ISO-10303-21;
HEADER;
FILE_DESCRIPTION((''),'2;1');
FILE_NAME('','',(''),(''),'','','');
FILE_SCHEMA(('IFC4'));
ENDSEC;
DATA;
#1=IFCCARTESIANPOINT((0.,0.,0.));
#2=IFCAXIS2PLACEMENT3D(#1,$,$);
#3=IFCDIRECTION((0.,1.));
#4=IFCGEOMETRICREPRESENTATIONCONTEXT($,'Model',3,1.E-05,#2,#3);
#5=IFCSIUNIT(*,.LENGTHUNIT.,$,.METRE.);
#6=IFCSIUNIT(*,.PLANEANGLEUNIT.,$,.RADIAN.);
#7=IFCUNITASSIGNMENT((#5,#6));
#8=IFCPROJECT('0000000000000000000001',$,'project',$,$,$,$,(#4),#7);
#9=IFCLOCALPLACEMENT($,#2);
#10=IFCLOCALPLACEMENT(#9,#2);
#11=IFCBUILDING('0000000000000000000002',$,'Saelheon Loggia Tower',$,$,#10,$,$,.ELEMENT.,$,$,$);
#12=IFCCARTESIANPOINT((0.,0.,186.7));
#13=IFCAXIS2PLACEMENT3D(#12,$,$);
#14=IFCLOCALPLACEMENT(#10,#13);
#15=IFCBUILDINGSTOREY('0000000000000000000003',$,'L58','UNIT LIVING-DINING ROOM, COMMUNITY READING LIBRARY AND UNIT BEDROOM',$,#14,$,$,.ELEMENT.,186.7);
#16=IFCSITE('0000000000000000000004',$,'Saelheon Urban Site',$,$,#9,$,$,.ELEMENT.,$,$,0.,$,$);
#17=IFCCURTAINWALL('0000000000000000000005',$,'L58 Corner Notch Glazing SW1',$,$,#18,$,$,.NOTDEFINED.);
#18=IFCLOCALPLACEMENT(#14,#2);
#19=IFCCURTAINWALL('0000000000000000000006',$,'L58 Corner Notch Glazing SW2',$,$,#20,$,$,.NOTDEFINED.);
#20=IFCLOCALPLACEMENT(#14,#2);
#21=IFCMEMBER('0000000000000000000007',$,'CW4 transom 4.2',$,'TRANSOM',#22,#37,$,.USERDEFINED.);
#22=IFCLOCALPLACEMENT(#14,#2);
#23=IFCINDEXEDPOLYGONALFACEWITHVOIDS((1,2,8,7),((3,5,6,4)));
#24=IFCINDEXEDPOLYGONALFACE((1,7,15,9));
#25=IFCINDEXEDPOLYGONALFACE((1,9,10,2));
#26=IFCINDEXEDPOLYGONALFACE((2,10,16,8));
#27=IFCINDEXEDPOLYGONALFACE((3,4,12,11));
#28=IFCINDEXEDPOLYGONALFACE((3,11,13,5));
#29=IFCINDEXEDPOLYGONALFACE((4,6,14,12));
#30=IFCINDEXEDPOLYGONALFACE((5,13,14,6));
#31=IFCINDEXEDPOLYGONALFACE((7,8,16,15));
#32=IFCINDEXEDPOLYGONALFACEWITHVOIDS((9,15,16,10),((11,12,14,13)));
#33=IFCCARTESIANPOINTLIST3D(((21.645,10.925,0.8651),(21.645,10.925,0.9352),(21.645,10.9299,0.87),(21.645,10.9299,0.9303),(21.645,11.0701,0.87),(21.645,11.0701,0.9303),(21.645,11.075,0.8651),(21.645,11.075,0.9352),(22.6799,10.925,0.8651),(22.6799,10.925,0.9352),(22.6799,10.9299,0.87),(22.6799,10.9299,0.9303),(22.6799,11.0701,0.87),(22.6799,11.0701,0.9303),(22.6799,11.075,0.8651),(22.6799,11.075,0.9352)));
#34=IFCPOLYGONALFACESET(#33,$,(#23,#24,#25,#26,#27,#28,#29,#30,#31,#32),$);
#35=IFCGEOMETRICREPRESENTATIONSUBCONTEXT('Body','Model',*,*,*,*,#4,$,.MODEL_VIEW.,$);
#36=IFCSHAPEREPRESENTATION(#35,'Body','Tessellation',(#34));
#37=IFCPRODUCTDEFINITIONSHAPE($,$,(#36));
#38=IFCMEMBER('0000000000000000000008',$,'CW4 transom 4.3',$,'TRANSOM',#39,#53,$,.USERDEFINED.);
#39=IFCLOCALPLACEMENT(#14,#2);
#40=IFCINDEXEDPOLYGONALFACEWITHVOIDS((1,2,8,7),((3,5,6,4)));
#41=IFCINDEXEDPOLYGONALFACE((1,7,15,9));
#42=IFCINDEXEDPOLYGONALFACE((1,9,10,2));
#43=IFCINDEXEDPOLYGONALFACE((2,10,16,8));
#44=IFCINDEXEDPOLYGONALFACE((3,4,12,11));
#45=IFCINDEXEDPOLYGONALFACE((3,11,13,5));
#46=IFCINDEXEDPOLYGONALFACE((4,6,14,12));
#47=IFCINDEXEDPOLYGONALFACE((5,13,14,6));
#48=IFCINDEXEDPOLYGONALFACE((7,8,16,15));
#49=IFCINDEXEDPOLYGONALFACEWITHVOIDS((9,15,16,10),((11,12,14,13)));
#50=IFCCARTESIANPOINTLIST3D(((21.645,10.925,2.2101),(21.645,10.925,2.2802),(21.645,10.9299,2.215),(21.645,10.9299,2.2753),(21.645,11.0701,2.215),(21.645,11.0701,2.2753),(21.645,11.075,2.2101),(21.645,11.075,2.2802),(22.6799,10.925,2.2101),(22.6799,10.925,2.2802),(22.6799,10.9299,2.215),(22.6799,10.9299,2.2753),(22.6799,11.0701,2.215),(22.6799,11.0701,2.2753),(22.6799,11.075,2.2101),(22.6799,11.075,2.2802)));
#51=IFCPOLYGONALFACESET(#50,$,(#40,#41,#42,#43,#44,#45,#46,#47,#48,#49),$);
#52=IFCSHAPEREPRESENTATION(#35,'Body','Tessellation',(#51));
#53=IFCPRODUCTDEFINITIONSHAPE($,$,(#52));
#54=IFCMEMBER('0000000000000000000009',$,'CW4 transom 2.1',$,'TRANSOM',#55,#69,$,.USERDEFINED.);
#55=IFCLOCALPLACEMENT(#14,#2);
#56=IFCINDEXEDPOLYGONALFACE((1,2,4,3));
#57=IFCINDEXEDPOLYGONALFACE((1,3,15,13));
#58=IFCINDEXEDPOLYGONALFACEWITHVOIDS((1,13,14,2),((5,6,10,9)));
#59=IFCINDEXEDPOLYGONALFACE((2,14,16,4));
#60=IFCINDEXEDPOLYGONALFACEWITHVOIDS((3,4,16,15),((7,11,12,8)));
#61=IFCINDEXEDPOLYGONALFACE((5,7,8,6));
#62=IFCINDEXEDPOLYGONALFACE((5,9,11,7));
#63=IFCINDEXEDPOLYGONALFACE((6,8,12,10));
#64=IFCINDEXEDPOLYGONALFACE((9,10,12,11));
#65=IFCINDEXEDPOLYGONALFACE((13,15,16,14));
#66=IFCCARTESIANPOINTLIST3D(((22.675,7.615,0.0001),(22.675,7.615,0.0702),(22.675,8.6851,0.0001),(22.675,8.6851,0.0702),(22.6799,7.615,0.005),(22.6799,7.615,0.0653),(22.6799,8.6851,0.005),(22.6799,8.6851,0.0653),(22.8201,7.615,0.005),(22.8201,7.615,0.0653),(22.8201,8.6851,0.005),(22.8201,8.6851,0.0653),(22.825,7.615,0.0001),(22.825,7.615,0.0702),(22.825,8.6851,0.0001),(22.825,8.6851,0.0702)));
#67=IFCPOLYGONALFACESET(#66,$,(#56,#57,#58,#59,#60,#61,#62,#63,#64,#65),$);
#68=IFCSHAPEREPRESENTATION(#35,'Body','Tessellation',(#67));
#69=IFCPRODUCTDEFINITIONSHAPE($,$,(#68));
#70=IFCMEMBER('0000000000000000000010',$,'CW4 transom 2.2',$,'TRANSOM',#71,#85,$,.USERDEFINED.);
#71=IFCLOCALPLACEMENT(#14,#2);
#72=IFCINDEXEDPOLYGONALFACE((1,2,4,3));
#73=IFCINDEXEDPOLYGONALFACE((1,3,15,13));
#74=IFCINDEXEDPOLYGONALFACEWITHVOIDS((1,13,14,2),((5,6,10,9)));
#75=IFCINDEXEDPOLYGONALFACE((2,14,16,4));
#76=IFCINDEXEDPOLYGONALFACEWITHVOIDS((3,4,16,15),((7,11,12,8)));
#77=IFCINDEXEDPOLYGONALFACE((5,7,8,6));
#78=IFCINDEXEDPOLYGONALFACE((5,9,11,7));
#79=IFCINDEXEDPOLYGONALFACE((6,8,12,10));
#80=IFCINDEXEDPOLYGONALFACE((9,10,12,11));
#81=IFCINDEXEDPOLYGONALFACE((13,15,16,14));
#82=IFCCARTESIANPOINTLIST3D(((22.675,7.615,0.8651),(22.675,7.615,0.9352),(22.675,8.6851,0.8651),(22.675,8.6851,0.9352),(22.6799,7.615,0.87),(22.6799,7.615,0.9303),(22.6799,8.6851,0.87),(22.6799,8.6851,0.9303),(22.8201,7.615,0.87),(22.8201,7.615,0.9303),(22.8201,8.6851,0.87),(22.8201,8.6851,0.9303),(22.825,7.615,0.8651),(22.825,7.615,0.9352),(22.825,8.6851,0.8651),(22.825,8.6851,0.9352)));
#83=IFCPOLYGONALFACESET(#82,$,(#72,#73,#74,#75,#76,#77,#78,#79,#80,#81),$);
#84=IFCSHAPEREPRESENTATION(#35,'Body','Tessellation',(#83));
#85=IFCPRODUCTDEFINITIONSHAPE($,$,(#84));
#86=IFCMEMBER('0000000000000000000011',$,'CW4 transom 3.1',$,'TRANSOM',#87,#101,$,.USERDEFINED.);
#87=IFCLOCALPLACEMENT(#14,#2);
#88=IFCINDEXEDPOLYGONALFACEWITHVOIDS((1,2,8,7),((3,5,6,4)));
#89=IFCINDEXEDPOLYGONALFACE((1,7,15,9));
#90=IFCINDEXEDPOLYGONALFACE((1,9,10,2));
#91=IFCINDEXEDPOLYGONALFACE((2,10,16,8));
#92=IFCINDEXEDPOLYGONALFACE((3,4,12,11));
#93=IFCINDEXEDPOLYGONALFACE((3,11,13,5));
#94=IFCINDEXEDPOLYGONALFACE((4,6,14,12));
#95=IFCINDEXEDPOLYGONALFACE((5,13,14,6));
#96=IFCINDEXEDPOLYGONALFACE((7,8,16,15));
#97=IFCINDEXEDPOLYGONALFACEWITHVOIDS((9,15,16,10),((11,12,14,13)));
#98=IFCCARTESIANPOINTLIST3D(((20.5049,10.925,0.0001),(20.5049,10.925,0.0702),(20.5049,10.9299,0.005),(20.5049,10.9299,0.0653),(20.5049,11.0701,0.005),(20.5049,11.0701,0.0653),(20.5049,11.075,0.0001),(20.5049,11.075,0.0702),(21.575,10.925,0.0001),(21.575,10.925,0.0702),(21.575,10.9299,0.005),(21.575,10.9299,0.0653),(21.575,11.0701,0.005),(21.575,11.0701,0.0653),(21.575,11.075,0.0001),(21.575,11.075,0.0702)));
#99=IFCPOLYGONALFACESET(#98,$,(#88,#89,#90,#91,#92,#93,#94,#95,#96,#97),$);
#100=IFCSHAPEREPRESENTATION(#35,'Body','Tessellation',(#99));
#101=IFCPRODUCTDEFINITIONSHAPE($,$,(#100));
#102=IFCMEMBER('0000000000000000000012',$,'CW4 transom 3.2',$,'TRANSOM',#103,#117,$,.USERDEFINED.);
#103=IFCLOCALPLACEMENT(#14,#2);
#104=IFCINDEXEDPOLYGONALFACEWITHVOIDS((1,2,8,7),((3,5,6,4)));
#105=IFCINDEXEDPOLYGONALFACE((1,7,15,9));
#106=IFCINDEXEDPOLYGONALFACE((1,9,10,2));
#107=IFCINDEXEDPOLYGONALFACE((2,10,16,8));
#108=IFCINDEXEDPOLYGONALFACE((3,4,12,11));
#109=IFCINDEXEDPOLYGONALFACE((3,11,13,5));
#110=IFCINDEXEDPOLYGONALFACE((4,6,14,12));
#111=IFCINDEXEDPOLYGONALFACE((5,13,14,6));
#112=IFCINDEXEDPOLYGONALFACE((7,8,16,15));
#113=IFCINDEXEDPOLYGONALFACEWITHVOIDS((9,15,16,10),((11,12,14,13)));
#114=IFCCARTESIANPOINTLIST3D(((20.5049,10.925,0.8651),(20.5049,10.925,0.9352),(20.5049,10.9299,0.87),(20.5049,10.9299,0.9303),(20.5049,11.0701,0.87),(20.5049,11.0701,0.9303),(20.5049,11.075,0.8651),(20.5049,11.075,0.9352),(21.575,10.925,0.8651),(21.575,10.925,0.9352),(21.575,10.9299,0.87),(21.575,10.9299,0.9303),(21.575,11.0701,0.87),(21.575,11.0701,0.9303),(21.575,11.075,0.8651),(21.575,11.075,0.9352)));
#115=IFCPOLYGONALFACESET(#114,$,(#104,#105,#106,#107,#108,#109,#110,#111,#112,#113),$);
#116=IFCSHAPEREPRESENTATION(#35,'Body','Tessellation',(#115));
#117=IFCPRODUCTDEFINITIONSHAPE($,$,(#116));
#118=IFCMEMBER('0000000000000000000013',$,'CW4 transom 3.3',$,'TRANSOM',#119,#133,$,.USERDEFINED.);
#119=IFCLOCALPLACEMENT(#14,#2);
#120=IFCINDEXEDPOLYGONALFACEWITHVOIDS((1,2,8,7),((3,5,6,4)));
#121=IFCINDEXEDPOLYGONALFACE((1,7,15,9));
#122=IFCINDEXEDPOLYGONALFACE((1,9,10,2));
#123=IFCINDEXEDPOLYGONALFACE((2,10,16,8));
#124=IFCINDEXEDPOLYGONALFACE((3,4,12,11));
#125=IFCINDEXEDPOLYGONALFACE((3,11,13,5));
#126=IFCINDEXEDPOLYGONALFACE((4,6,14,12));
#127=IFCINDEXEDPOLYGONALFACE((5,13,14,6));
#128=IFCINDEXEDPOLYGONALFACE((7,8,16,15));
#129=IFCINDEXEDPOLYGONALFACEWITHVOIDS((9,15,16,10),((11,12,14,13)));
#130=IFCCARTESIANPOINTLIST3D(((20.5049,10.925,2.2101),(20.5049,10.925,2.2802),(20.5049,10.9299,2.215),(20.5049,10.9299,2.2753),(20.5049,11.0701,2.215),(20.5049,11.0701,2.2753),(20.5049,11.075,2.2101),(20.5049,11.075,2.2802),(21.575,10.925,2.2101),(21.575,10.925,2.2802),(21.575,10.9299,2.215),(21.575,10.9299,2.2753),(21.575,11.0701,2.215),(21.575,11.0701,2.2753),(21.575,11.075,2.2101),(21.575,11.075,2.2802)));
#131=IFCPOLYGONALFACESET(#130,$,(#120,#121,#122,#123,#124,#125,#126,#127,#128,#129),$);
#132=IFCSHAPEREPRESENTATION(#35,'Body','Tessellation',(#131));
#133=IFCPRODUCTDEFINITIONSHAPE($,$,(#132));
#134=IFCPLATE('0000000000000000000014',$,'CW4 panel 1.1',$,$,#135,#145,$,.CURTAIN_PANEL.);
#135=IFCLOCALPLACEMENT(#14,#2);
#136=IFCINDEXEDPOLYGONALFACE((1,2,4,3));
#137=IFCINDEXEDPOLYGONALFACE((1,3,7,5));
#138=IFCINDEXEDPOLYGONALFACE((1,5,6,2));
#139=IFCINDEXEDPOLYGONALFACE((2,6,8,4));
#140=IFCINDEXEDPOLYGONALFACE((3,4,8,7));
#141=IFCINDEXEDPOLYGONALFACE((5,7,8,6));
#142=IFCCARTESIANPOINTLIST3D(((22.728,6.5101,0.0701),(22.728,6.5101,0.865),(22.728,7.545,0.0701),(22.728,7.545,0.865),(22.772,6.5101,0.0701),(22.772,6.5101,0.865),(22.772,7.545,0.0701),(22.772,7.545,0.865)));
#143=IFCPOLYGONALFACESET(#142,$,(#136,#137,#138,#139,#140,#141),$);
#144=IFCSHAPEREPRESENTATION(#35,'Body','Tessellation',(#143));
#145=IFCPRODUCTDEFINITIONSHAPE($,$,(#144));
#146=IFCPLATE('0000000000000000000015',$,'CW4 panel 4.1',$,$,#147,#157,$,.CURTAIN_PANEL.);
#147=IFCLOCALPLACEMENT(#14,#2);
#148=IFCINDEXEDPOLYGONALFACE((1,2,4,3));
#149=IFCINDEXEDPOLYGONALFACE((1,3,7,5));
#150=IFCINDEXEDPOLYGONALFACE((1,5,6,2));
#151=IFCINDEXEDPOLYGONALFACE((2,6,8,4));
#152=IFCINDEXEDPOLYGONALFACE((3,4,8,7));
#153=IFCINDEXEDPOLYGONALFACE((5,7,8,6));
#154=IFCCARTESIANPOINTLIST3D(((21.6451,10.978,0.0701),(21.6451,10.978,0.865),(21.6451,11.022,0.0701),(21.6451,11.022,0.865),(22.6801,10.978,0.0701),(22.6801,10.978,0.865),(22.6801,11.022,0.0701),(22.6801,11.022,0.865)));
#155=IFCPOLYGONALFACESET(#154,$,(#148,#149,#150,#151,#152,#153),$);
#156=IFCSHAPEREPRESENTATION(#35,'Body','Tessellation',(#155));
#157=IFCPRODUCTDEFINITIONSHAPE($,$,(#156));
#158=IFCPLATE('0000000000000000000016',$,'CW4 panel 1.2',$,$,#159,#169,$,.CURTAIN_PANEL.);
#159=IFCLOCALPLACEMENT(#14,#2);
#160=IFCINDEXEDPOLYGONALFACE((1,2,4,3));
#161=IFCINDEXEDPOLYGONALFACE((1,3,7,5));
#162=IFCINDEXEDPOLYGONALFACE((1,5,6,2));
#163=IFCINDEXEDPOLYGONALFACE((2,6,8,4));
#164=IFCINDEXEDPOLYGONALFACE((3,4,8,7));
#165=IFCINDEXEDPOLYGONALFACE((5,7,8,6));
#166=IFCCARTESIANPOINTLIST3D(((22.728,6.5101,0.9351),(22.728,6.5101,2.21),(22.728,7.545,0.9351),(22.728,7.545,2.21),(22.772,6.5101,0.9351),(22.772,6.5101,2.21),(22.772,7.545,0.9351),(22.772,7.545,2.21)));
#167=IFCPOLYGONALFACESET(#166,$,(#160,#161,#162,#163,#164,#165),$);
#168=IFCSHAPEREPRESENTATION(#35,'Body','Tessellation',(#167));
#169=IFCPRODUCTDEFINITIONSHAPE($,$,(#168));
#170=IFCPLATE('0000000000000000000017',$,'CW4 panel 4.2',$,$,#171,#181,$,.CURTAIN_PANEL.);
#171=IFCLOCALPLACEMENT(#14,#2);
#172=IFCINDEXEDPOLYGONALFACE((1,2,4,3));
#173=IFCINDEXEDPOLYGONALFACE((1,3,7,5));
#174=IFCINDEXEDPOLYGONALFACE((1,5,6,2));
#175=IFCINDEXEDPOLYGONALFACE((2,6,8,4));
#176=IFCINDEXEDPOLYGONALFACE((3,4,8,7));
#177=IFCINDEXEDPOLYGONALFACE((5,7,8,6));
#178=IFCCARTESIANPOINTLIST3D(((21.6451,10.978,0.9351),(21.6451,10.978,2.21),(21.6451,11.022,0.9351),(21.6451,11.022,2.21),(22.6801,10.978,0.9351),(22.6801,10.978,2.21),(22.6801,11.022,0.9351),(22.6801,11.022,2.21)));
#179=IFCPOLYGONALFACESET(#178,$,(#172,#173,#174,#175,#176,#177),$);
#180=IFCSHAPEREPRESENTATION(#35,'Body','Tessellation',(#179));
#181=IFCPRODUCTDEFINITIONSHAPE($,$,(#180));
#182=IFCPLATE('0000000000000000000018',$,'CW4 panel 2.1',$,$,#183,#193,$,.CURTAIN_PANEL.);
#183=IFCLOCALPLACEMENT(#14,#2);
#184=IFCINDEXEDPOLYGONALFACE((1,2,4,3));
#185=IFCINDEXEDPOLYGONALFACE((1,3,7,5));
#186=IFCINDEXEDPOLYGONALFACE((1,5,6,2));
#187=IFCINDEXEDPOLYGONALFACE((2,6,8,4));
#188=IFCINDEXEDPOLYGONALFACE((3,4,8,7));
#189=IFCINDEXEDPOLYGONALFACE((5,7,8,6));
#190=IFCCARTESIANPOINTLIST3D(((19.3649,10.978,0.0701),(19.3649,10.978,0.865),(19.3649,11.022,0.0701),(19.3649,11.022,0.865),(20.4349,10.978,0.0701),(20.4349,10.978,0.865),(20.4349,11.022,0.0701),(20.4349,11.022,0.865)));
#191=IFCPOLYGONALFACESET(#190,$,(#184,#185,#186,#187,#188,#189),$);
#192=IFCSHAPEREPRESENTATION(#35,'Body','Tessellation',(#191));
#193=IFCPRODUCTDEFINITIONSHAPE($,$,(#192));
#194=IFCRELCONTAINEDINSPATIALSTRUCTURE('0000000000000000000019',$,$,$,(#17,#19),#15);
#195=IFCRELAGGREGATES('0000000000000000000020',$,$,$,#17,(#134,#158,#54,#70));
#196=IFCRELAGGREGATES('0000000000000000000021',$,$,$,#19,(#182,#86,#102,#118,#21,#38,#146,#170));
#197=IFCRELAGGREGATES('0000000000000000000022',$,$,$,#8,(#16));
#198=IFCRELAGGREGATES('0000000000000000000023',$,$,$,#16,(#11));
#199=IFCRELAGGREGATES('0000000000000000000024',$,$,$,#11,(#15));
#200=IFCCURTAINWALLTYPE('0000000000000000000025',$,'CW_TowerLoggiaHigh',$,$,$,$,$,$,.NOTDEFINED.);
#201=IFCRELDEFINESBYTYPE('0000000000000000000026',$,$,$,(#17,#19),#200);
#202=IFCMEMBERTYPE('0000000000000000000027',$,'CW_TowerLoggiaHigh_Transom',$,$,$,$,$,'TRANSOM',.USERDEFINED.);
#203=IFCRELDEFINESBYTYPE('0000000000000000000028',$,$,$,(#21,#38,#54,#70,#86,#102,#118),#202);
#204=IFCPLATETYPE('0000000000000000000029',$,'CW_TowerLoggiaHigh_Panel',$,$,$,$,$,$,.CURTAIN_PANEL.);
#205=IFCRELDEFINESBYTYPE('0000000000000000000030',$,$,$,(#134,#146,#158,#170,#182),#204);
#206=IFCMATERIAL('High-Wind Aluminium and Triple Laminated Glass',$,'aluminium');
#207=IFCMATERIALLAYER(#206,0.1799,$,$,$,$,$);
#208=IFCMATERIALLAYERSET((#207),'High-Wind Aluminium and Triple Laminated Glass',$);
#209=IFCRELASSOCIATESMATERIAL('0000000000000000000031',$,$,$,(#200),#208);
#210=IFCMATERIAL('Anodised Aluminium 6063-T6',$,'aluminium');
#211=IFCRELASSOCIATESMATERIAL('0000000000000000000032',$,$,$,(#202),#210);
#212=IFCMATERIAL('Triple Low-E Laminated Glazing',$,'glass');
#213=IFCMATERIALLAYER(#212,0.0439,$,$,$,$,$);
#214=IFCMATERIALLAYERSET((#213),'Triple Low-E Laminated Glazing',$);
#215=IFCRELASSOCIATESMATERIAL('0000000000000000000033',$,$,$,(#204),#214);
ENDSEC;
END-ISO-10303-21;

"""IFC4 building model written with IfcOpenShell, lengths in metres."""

from ifc_helpers import new_model, si_unit, direction, frame, origin, origin_2d, place, context, subcontext, project, spatial, rectangle, hollow_rectangle, extrude, source, transform, mapped, material, layer, layer_set, material_profile, profile_set, type_object, element, aggregate, save


model = new_model("IFC4")

# Units and contexts
model_context = context("Model", 3, precision=1e-05, world=origin(), true_north=direction((0.0, 1.0)))
body_context = subcontext(model_context, "Body", "Model", "MODEL_VIEW")
ifc_project = project(units=[si_unit("LENGTHUNIT", "METRE"), si_unit("PLANEANGLEUNIT", "RADIAN")], contexts=[model_context])

# Site, building, storey
site_placement = place(None, origin())
site = spatial("IfcSite", under=ifc_project, at=site_placement, Name="Saelheon Urban Site", CompositionType="ELEMENT", RefElevation=0.0)
building_placement = place(site_placement, origin())
building = spatial("IfcBuilding", under=site, at=building_placement, Name="Saelheon Loggia Tower", CompositionType="ELEMENT")
storey_placement = place(building_placement, frame((0.0, 0.0, 186.7)))
storey = spatial("IfcBuildingStorey", under=building, at=storey_placement, Name="L58", Description="UNIT LIVING-DINING ROOM, COMMUNITY READING LIBRARY AND UNIT BEDROOM", CompositionType="ELEMENT", Elevation=186.7)

# Curtain walls
ifc_material_1 = material(Name="High-Wind Aluminium and Triple Laminated Glass", Category="aluminium")
ifc_layer_1 = layer(ifc_material_1, 0.1799)
ifc_layer_set_1 = layer_set([ifc_layer_1], Name="High-Wind Aluminium and Triple Laminated Glass")
curtain_wall_type = type_object("IfcCurtainWallType", Name="CW_TowerLoggiaHigh", PredefinedType="NOTDEFINED", material=ifc_layer_set_1)
curtain_wall_1_placement = place(storey_placement, origin())
curtain_wall_1 = element("IfcCurtainWall", 1, at=curtain_wall_1_placement, inside=storey, type_object=curtain_wall_type, Name="L58 Corner Notch Glazing SW1", PredefinedType="NOTDEFINED")
ifc_material_2 = material(Name="Anodised Aluminium 6063-T6", Category="aluminium")
curtain_wall_2_placement = place(storey_placement, origin())
curtain_wall_2 = element("IfcCurtainWall", 2, at=curtain_wall_2_placement, inside=storey, type_object=curtain_wall_type, Name="L58 Corner Notch Glazing SW2", PredefinedType="NOTDEFINED")

# Members
ifc_material_profile_1 = material_profile(ifc_material_2, hollow_rectangle(XDim=0.0701, YDim=0.1499, WallThickness=0.0049, at=origin_2d()), Name="RHS-150x70x5")
ifc_profile_set_1 = profile_set([ifc_material_profile_1], Name="Anodised Aluminium 6063-T6")
member_type_1 = type_object("IfcMemberType", Name="CW_TowerLoggiaHigh_Transom", ElementType="TRANSOM", PredefinedType="USERDEFINED", material=ifc_profile_set_1)
shared_shape_1 = source(origin(), body_context, "Body", "SweptSolid", [
    extrude(hollow_rectangle(XDim=0.0701, YDim=0.1499, WallThickness=0.0049, at=origin_2d()), origin(), (0.0, 0.0, 1.0), 1.0349),
])
member_1_placement = place(storey_placement, frame((21.645, 11.0, 0.9001), z_axis=(1.0, 0.0, 0.0), x_axis=(0.0, 0.0, 1.0)))
member_1 = element("IfcMember", 3, at=member_1_placement, type_object=member_type_1, Name="CW4 transom 4.2", ObjectType="TRANSOM", PredefinedType="USERDEFINED", context=body_context, shape_type="MappedRepresentation", body=[
    mapped(shared_shape_1, transform((0.0, 0.0, 0.0), scale=1.0)),
])
member_2_placement = place(storey_placement, frame((21.645, 11.0, 2.2451), z_axis=(1.0, 0.0, 0.0), x_axis=(0.0, 0.0, 1.0)))
member_2 = element("IfcMember", 4, at=member_2_placement, type_object=member_type_1, Name="CW4 transom 4.3", ObjectType="TRANSOM", PredefinedType="USERDEFINED", context=body_context, shape_type="MappedRepresentation", body=[
    mapped(shared_shape_1, transform((0.0, 0.0, 0.0), scale=1.0)),
])
shared_shape_2 = source(origin(), body_context, "Body", "SweptSolid", [
    extrude(hollow_rectangle(XDim=0.0701, YDim=0.1499, WallThickness=0.0049, at=origin_2d()), origin(), (0.0, 0.0, 1.0), 1.0701),
])
member_3_placement = place(storey_placement, frame((22.75, 7.615, 0.0352), z_axis=(0.0, 1.0, 0.0), x_axis=(0.0, 0.0, 1.0)))
member_3 = element("IfcMember", 5, at=member_3_placement, type_object=member_type_1, Name="CW4 transom 2.1", ObjectType="TRANSOM", PredefinedType="USERDEFINED", context=body_context, shape_type="MappedRepresentation", body=[
    mapped(shared_shape_2, transform((0.0, 0.0, 0.0), scale=1.0)),
])
member_4_placement = place(storey_placement, frame((22.75, 7.615, 0.9001), z_axis=(0.0, 1.0, 0.0), x_axis=(0.0, 0.0, 1.0)))
member_4 = element("IfcMember", 6, at=member_4_placement, type_object=member_type_1, Name="CW4 transom 2.2", ObjectType="TRANSOM", PredefinedType="USERDEFINED", context=body_context, shape_type="MappedRepresentation", body=[
    mapped(shared_shape_2, transform((0.0, 0.0, 0.0), scale=1.0)),
])
member_5_placement = place(storey_placement, frame((20.5049, 11.0, 0.0352), z_axis=(1.0, 0.0, 0.0), x_axis=(0.0, 0.0, 1.0)))
member_5 = element("IfcMember", 7, at=member_5_placement, type_object=member_type_1, Name="CW4 transom 3.1", ObjectType="TRANSOM", PredefinedType="USERDEFINED", context=body_context, shape_type="MappedRepresentation", body=[
    mapped(shared_shape_2, transform((0.0, 0.0, 0.0), scale=1.0)),
])
member_6_placement = place(storey_placement, frame((20.5049, 11.0, 0.9001), z_axis=(1.0, 0.0, 0.0), x_axis=(0.0, 0.0, 1.0)))
member_6 = element("IfcMember", 8, at=member_6_placement, type_object=member_type_1, Name="CW4 transom 3.2", ObjectType="TRANSOM", PredefinedType="USERDEFINED", context=body_context, shape_type="MappedRepresentation", body=[
    mapped(shared_shape_2, transform((0.0, 0.0, 0.0), scale=1.0)),
])
member_7_placement = place(storey_placement, frame((20.5049, 11.0, 2.2451), z_axis=(1.0, 0.0, 0.0), x_axis=(0.0, 0.0, 1.0)))
member_7 = element("IfcMember", 9, at=member_7_placement, type_object=member_type_1, Name="CW4 transom 3.3", ObjectType="TRANSOM", PredefinedType="USERDEFINED", context=body_context, shape_type="MappedRepresentation", body=[
    mapped(shared_shape_2, transform((0.0, 0.0, 0.0), scale=1.0)),
])

# Plates
ifc_material_3 = material(Name="Triple Low-E Laminated Glazing", Category="glass")
ifc_layer_2 = layer(ifc_material_3, 0.0439)
ifc_layer_set_2 = layer_set([ifc_layer_2], Name="Triple Low-E Laminated Glazing")
plate_type = type_object("IfcPlateType", Name="CW_TowerLoggiaHigh_Panel", PredefinedType="CURTAIN_PANEL", material=ifc_layer_set_2)
shared_shape_3 = source(origin(), body_context, "Body", "SweptSolid", [
    extrude(rectangle(XDim=1.0349, YDim=0.0439, at=origin_2d()), origin(), (0.0, 0.0, 1.0), 0.7949),
])
plate_1_placement = place(storey_placement, frame((22.75, 7.0276, 0.0701), z_axis=(0.0, 0.0, 1.0), x_axis=(0.0, 1.0, 0.0)))
plate_1 = element("IfcPlate", 10, at=plate_1_placement, type_object=plate_type, Name="CW4 panel 1.1", PredefinedType="CURTAIN_PANEL", context=body_context, shape_type="MappedRepresentation", body=[
    mapped(shared_shape_3, transform((0.0, 0.0, 0.0), scale=1.0)),
])
plate_2_placement = place(storey_placement, frame((22.1626, 11.0, 0.0701), z_axis=(0.0, 0.0, 1.0), x_axis=(1.0, 0.0, 0.0)))
plate_2 = element("IfcPlate", 11, at=plate_2_placement, type_object=plate_type, Name="CW4 panel 4.1", PredefinedType="CURTAIN_PANEL", context=body_context, shape_type="MappedRepresentation", body=[
    mapped(shared_shape_3, transform((0.0, 0.0, 0.0), scale=1.0)),
])
shared_shape_4 = source(origin(), body_context, "Body", "SweptSolid", [
    extrude(rectangle(XDim=1.0349, YDim=0.0439, at=origin_2d()), origin(), (0.0, 0.0, 1.0), 1.2749),
])
plate_3_placement = place(storey_placement, frame((22.75, 7.0276, 0.9351), z_axis=(0.0, 0.0, 1.0), x_axis=(0.0, 1.0, 0.0)))
plate_3 = element("IfcPlate", 12, at=plate_3_placement, type_object=plate_type, Name="CW4 panel 1.2", PredefinedType="CURTAIN_PANEL", context=body_context, shape_type="MappedRepresentation", body=[
    mapped(shared_shape_4, transform((0.0, 0.0, 0.0), scale=1.0)),
])
aggregate(curtain_wall_1, [plate_1, plate_3, member_3, member_4])
plate_4_placement = place(storey_placement, frame((22.1626, 11.0, 0.9351), z_axis=(0.0, 0.0, 1.0), x_axis=(1.0, 0.0, 0.0)))
plate_4 = element("IfcPlate", 13, at=plate_4_placement, type_object=plate_type, Name="CW4 panel 4.2", PredefinedType="CURTAIN_PANEL", context=body_context, shape_type="MappedRepresentation", body=[
    mapped(shared_shape_4, transform((0.0, 0.0, 0.0), scale=1.0)),
])
shared_shape_5 = source(origin(), body_context, "Body", "SweptSolid", [
    extrude(rectangle(XDim=1.0701, YDim=0.0439, at=origin_2d()), origin(), (0.0, 0.0, 1.0), 0.7949),
])
plate_5_placement = place(storey_placement, frame((19.8999, 11.0, 0.0701), z_axis=(0.0, 0.0, 1.0), x_axis=(1.0, 0.0, 0.0)))
plate_5 = element("IfcPlate", 14, at=plate_5_placement, type_object=plate_type, Name="CW4 panel 2.1", PredefinedType="CURTAIN_PANEL", context=body_context, shape_type="MappedRepresentation", body=[
    mapped(shared_shape_5, transform((0.0, 0.0, 0.0), scale=1.0)),
])
aggregate(curtain_wall_2, [plate_5, member_5, member_6, member_7, member_1, member_2, plate_2, plate_4])

save(model, "model.ifc")
